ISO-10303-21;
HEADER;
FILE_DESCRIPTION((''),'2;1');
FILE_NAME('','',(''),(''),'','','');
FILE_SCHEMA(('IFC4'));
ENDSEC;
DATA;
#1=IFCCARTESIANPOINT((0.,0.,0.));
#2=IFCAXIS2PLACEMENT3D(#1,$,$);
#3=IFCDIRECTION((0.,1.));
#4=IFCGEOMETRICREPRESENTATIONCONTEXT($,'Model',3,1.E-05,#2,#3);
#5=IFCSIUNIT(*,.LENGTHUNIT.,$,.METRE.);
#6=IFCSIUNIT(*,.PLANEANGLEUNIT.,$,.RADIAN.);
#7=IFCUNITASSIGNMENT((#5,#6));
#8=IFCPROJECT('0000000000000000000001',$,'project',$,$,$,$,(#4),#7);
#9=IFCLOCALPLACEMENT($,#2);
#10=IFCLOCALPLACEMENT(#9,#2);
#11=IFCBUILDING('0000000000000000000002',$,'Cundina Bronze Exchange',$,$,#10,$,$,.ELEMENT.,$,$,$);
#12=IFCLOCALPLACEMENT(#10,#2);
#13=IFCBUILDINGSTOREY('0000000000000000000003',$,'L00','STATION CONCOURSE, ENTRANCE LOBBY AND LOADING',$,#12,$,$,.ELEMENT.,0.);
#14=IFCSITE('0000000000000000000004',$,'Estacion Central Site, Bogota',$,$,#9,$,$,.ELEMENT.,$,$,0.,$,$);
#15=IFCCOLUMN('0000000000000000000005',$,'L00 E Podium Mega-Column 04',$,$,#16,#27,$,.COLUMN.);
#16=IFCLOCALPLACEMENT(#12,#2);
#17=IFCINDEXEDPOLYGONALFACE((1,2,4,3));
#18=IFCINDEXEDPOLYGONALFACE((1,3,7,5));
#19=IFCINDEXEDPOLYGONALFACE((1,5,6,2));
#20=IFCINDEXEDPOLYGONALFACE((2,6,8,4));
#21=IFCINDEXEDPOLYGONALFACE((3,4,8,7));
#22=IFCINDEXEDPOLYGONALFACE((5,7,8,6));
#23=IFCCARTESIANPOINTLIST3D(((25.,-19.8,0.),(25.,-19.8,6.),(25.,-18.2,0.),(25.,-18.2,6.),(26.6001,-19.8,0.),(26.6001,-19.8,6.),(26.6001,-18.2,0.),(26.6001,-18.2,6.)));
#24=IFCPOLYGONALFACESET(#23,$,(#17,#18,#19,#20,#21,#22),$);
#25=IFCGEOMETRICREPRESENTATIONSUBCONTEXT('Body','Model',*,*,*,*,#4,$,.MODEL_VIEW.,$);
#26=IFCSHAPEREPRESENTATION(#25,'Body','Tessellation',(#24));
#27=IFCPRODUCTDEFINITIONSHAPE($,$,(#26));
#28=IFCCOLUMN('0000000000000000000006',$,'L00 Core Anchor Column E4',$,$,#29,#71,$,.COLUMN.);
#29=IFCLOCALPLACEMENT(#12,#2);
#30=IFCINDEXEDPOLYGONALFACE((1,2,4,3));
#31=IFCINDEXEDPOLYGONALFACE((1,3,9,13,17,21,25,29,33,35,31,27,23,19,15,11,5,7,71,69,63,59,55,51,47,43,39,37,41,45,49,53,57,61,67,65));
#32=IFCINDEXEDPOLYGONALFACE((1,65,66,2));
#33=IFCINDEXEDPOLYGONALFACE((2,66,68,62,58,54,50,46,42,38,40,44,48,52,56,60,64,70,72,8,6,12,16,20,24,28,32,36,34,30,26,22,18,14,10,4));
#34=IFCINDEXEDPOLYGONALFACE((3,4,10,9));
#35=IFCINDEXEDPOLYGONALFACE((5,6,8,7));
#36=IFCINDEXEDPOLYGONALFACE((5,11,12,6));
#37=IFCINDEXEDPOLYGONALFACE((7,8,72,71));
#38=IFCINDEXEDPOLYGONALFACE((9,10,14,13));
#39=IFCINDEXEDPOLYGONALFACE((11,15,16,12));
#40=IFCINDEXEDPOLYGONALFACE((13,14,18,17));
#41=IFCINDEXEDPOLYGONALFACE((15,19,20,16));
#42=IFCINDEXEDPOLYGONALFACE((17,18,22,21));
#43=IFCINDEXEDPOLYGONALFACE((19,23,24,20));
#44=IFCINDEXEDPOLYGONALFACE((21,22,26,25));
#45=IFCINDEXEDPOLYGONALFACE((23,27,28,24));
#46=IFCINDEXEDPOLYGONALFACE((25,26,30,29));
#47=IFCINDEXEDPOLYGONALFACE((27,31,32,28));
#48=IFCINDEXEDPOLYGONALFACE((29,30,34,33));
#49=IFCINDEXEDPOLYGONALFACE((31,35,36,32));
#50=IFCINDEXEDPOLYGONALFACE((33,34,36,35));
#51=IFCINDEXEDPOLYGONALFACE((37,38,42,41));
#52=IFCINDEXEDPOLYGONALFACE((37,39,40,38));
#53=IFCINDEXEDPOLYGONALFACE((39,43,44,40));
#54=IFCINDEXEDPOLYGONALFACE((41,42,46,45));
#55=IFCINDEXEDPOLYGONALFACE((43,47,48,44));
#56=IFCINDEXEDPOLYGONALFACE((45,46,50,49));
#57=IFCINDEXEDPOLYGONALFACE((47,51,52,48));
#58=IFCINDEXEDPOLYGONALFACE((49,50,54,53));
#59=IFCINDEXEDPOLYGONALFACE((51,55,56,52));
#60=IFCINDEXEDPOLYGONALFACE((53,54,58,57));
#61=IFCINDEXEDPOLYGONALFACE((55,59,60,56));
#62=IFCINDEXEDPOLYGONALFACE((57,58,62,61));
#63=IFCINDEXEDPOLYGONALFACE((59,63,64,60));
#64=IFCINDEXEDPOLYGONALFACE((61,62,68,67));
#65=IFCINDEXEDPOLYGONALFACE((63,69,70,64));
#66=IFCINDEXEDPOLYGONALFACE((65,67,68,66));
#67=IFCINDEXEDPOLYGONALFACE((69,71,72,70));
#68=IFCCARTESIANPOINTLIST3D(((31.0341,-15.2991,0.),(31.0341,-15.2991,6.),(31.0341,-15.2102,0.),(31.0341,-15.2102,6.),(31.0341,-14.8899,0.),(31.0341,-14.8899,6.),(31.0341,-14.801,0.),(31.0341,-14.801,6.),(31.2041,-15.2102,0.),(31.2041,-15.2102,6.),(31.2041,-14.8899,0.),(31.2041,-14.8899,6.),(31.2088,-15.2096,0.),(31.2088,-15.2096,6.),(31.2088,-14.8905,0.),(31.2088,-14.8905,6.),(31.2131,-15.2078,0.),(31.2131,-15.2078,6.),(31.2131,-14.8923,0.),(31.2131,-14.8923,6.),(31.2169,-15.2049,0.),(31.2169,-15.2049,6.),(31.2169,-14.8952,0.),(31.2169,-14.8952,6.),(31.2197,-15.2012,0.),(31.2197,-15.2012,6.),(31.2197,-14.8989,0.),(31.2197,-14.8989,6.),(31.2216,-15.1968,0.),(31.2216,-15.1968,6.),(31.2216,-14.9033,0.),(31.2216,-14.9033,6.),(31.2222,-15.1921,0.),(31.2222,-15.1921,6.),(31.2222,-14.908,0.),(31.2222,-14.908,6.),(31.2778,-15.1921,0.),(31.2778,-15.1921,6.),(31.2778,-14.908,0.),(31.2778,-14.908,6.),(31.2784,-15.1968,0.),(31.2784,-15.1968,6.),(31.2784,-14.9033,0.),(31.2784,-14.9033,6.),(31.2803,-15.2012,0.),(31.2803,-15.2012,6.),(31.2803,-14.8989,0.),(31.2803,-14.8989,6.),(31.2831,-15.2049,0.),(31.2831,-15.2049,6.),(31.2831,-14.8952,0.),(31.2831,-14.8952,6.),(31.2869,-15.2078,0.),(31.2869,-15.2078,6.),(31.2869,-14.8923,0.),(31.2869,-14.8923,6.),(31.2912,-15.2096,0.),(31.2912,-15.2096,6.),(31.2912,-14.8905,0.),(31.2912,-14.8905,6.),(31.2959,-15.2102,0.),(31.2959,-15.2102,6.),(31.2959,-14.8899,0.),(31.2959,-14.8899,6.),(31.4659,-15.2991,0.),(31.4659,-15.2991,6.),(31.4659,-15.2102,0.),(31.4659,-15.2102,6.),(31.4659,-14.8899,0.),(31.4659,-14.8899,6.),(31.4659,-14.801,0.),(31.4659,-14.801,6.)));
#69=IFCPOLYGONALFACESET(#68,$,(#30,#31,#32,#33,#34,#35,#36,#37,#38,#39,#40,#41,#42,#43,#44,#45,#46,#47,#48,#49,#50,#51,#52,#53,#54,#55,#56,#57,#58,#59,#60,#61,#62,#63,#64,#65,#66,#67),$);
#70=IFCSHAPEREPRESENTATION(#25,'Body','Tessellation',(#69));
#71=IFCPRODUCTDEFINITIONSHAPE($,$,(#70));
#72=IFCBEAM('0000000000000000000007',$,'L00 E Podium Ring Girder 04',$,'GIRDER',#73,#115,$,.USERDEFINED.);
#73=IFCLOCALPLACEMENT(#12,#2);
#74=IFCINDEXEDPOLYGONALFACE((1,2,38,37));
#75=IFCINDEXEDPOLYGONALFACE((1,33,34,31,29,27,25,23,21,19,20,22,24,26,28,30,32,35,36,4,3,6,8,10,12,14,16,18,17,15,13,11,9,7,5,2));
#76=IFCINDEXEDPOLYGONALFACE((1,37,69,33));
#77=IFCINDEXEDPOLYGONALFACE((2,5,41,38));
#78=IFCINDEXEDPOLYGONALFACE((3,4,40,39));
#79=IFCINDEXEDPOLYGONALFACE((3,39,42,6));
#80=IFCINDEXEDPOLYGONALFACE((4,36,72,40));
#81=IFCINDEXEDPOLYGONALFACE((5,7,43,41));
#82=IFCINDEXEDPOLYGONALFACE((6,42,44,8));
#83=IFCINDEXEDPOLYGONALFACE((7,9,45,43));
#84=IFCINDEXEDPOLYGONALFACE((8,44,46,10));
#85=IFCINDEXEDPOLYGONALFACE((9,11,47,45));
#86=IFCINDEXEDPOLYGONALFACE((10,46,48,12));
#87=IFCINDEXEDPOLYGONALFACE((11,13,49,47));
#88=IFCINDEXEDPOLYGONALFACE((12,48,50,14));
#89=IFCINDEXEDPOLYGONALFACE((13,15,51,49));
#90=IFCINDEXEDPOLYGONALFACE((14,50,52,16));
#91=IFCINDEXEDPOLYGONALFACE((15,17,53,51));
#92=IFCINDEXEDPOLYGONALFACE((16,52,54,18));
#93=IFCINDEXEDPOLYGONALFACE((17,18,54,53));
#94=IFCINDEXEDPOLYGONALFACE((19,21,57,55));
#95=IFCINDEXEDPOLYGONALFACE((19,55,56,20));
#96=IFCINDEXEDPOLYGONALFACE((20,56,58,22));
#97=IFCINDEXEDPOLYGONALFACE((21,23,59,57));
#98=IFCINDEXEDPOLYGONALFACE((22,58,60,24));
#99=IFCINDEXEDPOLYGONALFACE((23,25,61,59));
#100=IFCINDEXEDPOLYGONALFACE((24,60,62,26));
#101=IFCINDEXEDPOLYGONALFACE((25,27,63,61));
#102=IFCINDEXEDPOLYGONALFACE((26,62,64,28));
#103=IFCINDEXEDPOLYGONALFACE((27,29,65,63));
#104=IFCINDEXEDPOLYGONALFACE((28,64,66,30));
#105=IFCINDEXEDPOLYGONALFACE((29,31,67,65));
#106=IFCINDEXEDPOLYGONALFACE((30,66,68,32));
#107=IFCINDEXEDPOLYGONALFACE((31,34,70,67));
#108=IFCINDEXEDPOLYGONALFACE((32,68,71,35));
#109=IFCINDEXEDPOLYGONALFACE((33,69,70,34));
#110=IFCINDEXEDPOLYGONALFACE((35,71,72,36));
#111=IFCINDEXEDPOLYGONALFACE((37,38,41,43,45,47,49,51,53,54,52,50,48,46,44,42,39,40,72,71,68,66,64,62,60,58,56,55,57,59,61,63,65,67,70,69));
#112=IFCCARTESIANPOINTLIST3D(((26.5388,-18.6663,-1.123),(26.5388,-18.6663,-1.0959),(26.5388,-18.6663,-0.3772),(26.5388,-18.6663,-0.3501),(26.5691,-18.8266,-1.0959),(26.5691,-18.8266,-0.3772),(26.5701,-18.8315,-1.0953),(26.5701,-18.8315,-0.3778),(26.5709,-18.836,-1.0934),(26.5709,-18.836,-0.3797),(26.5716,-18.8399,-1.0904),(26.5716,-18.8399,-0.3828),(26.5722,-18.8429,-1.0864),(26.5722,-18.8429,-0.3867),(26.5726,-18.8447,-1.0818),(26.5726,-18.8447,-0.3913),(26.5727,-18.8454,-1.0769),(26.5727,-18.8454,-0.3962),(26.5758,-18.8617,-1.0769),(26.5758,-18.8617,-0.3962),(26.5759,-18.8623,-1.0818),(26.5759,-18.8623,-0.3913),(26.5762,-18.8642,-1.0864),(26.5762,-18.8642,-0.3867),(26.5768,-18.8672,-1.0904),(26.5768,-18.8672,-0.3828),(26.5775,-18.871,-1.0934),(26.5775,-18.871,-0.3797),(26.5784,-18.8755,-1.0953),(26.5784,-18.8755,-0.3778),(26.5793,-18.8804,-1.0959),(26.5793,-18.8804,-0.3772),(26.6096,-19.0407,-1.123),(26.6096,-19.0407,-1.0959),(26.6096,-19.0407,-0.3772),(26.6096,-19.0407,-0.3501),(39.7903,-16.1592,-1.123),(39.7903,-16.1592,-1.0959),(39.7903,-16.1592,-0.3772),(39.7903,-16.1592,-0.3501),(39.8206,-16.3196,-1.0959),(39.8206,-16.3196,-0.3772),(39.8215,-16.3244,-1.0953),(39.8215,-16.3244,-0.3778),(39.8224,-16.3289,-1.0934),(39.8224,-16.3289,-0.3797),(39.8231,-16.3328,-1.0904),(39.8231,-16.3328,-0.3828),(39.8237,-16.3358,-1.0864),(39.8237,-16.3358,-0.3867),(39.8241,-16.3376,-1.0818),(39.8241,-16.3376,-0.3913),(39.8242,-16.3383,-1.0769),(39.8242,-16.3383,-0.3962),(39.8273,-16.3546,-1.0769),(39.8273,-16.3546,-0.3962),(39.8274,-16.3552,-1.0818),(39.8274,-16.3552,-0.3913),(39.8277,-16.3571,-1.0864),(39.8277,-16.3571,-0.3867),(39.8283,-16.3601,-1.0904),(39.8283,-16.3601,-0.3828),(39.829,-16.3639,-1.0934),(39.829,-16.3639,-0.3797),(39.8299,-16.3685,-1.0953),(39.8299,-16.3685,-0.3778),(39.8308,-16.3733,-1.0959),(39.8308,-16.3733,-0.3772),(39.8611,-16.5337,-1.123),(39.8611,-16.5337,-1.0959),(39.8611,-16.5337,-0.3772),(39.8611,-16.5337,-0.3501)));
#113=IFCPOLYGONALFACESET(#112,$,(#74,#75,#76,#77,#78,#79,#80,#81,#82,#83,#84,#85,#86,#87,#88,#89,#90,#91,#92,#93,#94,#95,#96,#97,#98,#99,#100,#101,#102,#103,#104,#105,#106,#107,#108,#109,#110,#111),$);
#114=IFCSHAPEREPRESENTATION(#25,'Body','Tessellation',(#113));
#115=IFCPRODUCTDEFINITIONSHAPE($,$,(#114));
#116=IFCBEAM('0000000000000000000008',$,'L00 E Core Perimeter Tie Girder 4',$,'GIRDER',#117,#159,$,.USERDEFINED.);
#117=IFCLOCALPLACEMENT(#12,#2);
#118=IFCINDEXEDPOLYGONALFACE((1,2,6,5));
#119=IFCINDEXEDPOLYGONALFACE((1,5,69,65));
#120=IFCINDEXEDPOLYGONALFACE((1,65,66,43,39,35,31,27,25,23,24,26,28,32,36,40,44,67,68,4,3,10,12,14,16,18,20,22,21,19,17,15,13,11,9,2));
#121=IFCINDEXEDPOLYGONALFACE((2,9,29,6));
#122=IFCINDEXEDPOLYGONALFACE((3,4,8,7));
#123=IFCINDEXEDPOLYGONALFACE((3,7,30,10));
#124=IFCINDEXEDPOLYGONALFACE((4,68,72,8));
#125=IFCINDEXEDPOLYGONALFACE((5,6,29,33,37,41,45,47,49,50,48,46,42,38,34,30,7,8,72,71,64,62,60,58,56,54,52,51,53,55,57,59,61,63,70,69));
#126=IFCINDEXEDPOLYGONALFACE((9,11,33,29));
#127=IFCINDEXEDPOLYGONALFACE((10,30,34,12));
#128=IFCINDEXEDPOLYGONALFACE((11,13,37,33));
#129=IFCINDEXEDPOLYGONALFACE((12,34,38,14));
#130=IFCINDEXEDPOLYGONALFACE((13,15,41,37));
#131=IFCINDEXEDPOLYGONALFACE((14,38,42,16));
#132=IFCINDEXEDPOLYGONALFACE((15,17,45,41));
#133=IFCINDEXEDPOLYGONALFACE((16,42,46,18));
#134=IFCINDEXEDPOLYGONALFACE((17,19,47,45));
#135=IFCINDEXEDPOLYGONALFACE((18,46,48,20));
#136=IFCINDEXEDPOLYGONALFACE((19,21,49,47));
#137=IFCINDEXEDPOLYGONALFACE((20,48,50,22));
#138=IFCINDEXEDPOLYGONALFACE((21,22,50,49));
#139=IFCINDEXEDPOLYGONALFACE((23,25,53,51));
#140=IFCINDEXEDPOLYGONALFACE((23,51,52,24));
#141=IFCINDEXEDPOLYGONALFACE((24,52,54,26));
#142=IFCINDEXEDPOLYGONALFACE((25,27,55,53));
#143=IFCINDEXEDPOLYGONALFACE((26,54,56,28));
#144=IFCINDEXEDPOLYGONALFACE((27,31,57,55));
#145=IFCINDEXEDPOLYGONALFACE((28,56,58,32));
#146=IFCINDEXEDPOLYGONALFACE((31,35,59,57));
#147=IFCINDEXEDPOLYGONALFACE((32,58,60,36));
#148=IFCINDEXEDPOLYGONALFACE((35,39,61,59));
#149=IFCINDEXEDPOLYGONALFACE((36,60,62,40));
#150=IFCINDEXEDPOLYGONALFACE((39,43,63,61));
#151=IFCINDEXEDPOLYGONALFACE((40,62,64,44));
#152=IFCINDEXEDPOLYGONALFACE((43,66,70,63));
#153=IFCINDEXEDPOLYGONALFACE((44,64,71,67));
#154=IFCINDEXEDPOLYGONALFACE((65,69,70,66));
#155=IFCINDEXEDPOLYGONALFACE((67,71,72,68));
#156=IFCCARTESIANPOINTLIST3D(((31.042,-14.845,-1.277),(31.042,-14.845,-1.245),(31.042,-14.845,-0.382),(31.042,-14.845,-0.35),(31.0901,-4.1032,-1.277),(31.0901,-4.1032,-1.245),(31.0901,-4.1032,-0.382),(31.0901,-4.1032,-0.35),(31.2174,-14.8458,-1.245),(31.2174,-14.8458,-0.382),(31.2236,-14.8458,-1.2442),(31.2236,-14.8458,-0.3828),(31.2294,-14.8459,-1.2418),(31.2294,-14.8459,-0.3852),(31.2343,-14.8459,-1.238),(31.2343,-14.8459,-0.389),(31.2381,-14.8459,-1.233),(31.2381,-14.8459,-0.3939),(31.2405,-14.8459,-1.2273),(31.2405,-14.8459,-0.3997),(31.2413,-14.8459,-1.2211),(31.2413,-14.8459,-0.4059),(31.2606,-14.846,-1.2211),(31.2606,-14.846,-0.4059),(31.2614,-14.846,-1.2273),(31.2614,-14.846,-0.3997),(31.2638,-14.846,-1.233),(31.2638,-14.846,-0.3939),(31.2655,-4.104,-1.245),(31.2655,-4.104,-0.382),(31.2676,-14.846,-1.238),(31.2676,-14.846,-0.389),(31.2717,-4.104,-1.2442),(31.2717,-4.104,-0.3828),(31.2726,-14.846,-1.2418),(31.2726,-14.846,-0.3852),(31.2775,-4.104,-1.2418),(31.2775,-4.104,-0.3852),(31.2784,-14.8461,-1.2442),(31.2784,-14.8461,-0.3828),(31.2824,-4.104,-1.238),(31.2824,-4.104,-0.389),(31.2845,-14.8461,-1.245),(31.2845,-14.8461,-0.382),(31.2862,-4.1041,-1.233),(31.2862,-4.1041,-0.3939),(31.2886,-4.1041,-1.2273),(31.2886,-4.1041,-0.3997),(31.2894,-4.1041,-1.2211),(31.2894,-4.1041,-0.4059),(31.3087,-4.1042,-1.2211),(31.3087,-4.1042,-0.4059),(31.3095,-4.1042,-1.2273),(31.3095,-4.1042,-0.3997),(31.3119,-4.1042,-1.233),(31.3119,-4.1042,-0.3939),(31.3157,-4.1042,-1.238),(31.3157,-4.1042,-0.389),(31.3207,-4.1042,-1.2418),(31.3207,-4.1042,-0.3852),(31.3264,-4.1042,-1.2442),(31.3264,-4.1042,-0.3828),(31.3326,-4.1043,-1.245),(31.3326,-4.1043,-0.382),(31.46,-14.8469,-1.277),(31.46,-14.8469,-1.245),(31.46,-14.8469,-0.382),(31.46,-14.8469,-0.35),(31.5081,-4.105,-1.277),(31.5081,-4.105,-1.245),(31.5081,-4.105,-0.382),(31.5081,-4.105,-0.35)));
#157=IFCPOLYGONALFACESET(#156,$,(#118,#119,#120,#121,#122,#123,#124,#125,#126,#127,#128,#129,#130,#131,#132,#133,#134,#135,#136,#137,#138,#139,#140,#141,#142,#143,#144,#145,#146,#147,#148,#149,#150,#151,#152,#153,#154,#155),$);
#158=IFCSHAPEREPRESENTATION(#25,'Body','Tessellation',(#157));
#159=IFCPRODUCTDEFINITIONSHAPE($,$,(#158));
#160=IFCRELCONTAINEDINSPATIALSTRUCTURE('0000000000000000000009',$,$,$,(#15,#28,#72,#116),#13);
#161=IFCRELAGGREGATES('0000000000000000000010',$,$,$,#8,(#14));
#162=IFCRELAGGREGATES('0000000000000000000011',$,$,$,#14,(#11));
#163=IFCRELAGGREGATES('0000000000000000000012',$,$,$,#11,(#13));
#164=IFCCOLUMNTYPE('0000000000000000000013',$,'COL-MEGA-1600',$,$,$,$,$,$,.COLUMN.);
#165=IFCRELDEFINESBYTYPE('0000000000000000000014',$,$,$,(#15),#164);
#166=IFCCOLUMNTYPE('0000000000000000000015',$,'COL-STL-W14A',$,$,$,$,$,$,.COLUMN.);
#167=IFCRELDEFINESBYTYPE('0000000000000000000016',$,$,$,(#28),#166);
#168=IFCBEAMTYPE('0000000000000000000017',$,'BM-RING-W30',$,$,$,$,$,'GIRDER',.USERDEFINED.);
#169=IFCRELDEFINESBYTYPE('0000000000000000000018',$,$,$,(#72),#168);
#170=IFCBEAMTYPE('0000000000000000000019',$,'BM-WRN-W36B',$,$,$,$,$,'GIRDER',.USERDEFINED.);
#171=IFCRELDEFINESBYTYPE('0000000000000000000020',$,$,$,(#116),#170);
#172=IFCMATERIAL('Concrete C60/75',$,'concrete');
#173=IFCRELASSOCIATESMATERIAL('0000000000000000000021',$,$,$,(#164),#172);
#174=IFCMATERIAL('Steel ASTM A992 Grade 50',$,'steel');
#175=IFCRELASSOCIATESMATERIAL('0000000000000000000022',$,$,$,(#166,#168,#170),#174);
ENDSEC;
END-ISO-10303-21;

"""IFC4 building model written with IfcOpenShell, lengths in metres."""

from ifc_helpers import new_model, si_unit, direction, frame, origin, origin_2d, place, context, subcontext, project, spatial, rectangle, i_section, extrude, material, material_profile, profile_set, type_object, element, save


model = new_model("IFC4")

# Units and contexts
model_context = context("Model", 3, precision=1e-05, world=origin(), true_north=direction((0.0, 1.0)))
body_context = subcontext(model_context, "Body", "Model", "MODEL_VIEW")
ifc_project = project(units=[si_unit("LENGTHUNIT", "METRE"), si_unit("PLANEANGLEUNIT", "RADIAN")], contexts=[model_context])

# Site, building, storey
site_placement = place(None, origin())
site = spatial("IfcSite", under=ifc_project, at=site_placement, Name="Estacion Central Site, Bogota", CompositionType="ELEMENT", RefElevation=0.0)
building_placement = place(site_placement, origin())
building = spatial("IfcBuilding", under=site, at=building_placement, Name="Cundina Bronze Exchange", CompositionType="ELEMENT")
storey_placement = place(building_placement, origin())
storey = spatial("IfcBuildingStorey", under=building, at=storey_placement, Name="L00", Description="STATION CONCOURSE, ENTRANCE LOBBY AND LOADING", CompositionType="ELEMENT", Elevation=0.0)

# Columns
ifc_material_1 = material(Name="Concrete C60/75", Category="concrete")
ifc_material_profile_1 = material_profile(ifc_material_1, rectangle(XDim=1.6001, YDim=1.6001, at=origin_2d()), Name="RC1600X1600", Category="concrete")
ifc_profile_set_1 = profile_set([ifc_material_profile_1], Name="Concrete C60/75")
column_type_1 = type_object("IfcColumnType", Name="COL-MEGA-1600", PredefinedType="COLUMN", material=ifc_profile_set_1)
column_1_placement = place(storey_placement, frame((25.8, -19.0, 0.0), z_axis=(0.0, 0.0, 1.0), x_axis=(1.0, 0.0, 0.0)))
element("IfcColumn", 1, at=column_1_placement, inside=storey, type_object=column_type_1, Name="L00 E Podium Mega-Column 04", PredefinedType="COLUMN", context=body_context, shape_type="SweptSolid", body=[
    extrude(rectangle(XDim=1.6001, YDim=1.6001, at=origin_2d()), origin(), (0.0, 0.0, 1.0), 6.0),
])
ifc_material_2 = material(Name="Steel ASTM A992 Grade 50", Category="steel")
ifc_material_profile_2 = material_profile(ifc_material_2, i_section(OverallWidth=0.4319, OverallDepth=0.498, WebThickness=0.0557, FlangeThickness=0.0889, FilletRadius=0.0181, at=origin_2d()), Name="W14X500", Category="steel")
ifc_profile_set_2 = profile_set([ifc_material_profile_2], Name="Steel ASTM A992 Grade 50")
column_type_2 = type_object("IfcColumnType", Name="COL-STL-W14A", PredefinedType="COLUMN", material=ifc_profile_set_2)
column_2_placement = place(storey_placement, frame((31.25, -15.05, 0.0), z_axis=(0.0, 0.0, 1.0), x_axis=(1.0, 0.0, 0.0)))
element("IfcColumn", 2, at=column_2_placement, inside=storey, type_object=column_type_2, Name="L00 Core Anchor Column E4", PredefinedType="COLUMN", context=body_context, shape_type="SweptSolid", body=[
    extrude(i_section(OverallWidth=0.4319, OverallDepth=0.498, WebThickness=0.0557, FlangeThickness=0.0889, FilletRadius=0.0181, at=origin_2d()), origin(), (0.0, 0.0, 1.0), 6.0),
])

# Beams
ifc_material_profile_3 = material_profile(ifc_material_2, i_section(OverallWidth=0.3811, OverallDepth=0.7729, WebThickness=0.0166, FlangeThickness=0.0271, FilletRadius=0.019, at=origin_2d()), Name="W30X173", Category="steel")
ifc_profile_set_3 = profile_set([ifc_material_profile_3], Name="Steel ASTM A992 Grade 50")
beam_type_1 = type_object("IfcBeamType", Name="BM-RING-W30", ElementType="GIRDER", PredefinedType="USERDEFINED", material=ifc_profile_set_3)
beam_1_placement = place(storey_placement, frame((26.5742, -18.8535, -0.7366), z_axis=(0.98257, 0.185895, 0.0), x_axis=(-0.185895, 0.98257, 0.0)))
element("IfcBeam", 3, at=beam_1_placement, inside=storey, type_object=beam_type_1, Name="L00 E Podium Ring Girder 04", ObjectType="GIRDER", PredefinedType="USERDEFINED", context=body_context, shape_type="SweptSolid", body=[
    extrude(i_section(OverallWidth=0.3811, OverallDepth=0.7729, WebThickness=0.0166, FlangeThickness=0.0271, FilletRadius=0.019, at=origin_2d()), origin(), (0.0, 0.0, 1.0), 13.4866),
])
ifc_material_profile_4 = material_profile(ifc_material_2, i_section(OverallWidth=0.418, OverallDepth=0.927, WebThickness=0.0193, FlangeThickness=0.032, FilletRadius=0.0239, at=origin_2d()), Name="W36X231", Category="steel")
ifc_profile_set_4 = profile_set([ifc_material_profile_4], Name="Steel ASTM A992 Grade 50")
beam_type_2 = type_object("IfcBeamType", Name="BM-WRN-W36B", ElementType="GIRDER", PredefinedType="USERDEFINED", material=ifc_profile_set_4)
beam_2_placement = place(storey_placement, frame((31.251, -14.8459, -0.8135), z_axis=(0.004477, 0.99999, 0.0), x_axis=(-0.99999, 0.004477, 0.0)))
element("IfcBeam", 4, at=beam_2_placement, inside=storey, type_object=beam_type_2, Name="L00 E Core Perimeter Tie Girder 4", ObjectType="GIRDER", PredefinedType="USERDEFINED", context=body_context, shape_type="SweptSolid", body=[
    extrude(i_section(OverallWidth=0.418, OverallDepth=0.927, WebThickness=0.0193, FlangeThickness=0.032, FilletRadius=0.0239, at=origin_2d()), origin(), (0.0, 0.0, 1.0), 10.7419),
])

save(model, "model.ifc")
